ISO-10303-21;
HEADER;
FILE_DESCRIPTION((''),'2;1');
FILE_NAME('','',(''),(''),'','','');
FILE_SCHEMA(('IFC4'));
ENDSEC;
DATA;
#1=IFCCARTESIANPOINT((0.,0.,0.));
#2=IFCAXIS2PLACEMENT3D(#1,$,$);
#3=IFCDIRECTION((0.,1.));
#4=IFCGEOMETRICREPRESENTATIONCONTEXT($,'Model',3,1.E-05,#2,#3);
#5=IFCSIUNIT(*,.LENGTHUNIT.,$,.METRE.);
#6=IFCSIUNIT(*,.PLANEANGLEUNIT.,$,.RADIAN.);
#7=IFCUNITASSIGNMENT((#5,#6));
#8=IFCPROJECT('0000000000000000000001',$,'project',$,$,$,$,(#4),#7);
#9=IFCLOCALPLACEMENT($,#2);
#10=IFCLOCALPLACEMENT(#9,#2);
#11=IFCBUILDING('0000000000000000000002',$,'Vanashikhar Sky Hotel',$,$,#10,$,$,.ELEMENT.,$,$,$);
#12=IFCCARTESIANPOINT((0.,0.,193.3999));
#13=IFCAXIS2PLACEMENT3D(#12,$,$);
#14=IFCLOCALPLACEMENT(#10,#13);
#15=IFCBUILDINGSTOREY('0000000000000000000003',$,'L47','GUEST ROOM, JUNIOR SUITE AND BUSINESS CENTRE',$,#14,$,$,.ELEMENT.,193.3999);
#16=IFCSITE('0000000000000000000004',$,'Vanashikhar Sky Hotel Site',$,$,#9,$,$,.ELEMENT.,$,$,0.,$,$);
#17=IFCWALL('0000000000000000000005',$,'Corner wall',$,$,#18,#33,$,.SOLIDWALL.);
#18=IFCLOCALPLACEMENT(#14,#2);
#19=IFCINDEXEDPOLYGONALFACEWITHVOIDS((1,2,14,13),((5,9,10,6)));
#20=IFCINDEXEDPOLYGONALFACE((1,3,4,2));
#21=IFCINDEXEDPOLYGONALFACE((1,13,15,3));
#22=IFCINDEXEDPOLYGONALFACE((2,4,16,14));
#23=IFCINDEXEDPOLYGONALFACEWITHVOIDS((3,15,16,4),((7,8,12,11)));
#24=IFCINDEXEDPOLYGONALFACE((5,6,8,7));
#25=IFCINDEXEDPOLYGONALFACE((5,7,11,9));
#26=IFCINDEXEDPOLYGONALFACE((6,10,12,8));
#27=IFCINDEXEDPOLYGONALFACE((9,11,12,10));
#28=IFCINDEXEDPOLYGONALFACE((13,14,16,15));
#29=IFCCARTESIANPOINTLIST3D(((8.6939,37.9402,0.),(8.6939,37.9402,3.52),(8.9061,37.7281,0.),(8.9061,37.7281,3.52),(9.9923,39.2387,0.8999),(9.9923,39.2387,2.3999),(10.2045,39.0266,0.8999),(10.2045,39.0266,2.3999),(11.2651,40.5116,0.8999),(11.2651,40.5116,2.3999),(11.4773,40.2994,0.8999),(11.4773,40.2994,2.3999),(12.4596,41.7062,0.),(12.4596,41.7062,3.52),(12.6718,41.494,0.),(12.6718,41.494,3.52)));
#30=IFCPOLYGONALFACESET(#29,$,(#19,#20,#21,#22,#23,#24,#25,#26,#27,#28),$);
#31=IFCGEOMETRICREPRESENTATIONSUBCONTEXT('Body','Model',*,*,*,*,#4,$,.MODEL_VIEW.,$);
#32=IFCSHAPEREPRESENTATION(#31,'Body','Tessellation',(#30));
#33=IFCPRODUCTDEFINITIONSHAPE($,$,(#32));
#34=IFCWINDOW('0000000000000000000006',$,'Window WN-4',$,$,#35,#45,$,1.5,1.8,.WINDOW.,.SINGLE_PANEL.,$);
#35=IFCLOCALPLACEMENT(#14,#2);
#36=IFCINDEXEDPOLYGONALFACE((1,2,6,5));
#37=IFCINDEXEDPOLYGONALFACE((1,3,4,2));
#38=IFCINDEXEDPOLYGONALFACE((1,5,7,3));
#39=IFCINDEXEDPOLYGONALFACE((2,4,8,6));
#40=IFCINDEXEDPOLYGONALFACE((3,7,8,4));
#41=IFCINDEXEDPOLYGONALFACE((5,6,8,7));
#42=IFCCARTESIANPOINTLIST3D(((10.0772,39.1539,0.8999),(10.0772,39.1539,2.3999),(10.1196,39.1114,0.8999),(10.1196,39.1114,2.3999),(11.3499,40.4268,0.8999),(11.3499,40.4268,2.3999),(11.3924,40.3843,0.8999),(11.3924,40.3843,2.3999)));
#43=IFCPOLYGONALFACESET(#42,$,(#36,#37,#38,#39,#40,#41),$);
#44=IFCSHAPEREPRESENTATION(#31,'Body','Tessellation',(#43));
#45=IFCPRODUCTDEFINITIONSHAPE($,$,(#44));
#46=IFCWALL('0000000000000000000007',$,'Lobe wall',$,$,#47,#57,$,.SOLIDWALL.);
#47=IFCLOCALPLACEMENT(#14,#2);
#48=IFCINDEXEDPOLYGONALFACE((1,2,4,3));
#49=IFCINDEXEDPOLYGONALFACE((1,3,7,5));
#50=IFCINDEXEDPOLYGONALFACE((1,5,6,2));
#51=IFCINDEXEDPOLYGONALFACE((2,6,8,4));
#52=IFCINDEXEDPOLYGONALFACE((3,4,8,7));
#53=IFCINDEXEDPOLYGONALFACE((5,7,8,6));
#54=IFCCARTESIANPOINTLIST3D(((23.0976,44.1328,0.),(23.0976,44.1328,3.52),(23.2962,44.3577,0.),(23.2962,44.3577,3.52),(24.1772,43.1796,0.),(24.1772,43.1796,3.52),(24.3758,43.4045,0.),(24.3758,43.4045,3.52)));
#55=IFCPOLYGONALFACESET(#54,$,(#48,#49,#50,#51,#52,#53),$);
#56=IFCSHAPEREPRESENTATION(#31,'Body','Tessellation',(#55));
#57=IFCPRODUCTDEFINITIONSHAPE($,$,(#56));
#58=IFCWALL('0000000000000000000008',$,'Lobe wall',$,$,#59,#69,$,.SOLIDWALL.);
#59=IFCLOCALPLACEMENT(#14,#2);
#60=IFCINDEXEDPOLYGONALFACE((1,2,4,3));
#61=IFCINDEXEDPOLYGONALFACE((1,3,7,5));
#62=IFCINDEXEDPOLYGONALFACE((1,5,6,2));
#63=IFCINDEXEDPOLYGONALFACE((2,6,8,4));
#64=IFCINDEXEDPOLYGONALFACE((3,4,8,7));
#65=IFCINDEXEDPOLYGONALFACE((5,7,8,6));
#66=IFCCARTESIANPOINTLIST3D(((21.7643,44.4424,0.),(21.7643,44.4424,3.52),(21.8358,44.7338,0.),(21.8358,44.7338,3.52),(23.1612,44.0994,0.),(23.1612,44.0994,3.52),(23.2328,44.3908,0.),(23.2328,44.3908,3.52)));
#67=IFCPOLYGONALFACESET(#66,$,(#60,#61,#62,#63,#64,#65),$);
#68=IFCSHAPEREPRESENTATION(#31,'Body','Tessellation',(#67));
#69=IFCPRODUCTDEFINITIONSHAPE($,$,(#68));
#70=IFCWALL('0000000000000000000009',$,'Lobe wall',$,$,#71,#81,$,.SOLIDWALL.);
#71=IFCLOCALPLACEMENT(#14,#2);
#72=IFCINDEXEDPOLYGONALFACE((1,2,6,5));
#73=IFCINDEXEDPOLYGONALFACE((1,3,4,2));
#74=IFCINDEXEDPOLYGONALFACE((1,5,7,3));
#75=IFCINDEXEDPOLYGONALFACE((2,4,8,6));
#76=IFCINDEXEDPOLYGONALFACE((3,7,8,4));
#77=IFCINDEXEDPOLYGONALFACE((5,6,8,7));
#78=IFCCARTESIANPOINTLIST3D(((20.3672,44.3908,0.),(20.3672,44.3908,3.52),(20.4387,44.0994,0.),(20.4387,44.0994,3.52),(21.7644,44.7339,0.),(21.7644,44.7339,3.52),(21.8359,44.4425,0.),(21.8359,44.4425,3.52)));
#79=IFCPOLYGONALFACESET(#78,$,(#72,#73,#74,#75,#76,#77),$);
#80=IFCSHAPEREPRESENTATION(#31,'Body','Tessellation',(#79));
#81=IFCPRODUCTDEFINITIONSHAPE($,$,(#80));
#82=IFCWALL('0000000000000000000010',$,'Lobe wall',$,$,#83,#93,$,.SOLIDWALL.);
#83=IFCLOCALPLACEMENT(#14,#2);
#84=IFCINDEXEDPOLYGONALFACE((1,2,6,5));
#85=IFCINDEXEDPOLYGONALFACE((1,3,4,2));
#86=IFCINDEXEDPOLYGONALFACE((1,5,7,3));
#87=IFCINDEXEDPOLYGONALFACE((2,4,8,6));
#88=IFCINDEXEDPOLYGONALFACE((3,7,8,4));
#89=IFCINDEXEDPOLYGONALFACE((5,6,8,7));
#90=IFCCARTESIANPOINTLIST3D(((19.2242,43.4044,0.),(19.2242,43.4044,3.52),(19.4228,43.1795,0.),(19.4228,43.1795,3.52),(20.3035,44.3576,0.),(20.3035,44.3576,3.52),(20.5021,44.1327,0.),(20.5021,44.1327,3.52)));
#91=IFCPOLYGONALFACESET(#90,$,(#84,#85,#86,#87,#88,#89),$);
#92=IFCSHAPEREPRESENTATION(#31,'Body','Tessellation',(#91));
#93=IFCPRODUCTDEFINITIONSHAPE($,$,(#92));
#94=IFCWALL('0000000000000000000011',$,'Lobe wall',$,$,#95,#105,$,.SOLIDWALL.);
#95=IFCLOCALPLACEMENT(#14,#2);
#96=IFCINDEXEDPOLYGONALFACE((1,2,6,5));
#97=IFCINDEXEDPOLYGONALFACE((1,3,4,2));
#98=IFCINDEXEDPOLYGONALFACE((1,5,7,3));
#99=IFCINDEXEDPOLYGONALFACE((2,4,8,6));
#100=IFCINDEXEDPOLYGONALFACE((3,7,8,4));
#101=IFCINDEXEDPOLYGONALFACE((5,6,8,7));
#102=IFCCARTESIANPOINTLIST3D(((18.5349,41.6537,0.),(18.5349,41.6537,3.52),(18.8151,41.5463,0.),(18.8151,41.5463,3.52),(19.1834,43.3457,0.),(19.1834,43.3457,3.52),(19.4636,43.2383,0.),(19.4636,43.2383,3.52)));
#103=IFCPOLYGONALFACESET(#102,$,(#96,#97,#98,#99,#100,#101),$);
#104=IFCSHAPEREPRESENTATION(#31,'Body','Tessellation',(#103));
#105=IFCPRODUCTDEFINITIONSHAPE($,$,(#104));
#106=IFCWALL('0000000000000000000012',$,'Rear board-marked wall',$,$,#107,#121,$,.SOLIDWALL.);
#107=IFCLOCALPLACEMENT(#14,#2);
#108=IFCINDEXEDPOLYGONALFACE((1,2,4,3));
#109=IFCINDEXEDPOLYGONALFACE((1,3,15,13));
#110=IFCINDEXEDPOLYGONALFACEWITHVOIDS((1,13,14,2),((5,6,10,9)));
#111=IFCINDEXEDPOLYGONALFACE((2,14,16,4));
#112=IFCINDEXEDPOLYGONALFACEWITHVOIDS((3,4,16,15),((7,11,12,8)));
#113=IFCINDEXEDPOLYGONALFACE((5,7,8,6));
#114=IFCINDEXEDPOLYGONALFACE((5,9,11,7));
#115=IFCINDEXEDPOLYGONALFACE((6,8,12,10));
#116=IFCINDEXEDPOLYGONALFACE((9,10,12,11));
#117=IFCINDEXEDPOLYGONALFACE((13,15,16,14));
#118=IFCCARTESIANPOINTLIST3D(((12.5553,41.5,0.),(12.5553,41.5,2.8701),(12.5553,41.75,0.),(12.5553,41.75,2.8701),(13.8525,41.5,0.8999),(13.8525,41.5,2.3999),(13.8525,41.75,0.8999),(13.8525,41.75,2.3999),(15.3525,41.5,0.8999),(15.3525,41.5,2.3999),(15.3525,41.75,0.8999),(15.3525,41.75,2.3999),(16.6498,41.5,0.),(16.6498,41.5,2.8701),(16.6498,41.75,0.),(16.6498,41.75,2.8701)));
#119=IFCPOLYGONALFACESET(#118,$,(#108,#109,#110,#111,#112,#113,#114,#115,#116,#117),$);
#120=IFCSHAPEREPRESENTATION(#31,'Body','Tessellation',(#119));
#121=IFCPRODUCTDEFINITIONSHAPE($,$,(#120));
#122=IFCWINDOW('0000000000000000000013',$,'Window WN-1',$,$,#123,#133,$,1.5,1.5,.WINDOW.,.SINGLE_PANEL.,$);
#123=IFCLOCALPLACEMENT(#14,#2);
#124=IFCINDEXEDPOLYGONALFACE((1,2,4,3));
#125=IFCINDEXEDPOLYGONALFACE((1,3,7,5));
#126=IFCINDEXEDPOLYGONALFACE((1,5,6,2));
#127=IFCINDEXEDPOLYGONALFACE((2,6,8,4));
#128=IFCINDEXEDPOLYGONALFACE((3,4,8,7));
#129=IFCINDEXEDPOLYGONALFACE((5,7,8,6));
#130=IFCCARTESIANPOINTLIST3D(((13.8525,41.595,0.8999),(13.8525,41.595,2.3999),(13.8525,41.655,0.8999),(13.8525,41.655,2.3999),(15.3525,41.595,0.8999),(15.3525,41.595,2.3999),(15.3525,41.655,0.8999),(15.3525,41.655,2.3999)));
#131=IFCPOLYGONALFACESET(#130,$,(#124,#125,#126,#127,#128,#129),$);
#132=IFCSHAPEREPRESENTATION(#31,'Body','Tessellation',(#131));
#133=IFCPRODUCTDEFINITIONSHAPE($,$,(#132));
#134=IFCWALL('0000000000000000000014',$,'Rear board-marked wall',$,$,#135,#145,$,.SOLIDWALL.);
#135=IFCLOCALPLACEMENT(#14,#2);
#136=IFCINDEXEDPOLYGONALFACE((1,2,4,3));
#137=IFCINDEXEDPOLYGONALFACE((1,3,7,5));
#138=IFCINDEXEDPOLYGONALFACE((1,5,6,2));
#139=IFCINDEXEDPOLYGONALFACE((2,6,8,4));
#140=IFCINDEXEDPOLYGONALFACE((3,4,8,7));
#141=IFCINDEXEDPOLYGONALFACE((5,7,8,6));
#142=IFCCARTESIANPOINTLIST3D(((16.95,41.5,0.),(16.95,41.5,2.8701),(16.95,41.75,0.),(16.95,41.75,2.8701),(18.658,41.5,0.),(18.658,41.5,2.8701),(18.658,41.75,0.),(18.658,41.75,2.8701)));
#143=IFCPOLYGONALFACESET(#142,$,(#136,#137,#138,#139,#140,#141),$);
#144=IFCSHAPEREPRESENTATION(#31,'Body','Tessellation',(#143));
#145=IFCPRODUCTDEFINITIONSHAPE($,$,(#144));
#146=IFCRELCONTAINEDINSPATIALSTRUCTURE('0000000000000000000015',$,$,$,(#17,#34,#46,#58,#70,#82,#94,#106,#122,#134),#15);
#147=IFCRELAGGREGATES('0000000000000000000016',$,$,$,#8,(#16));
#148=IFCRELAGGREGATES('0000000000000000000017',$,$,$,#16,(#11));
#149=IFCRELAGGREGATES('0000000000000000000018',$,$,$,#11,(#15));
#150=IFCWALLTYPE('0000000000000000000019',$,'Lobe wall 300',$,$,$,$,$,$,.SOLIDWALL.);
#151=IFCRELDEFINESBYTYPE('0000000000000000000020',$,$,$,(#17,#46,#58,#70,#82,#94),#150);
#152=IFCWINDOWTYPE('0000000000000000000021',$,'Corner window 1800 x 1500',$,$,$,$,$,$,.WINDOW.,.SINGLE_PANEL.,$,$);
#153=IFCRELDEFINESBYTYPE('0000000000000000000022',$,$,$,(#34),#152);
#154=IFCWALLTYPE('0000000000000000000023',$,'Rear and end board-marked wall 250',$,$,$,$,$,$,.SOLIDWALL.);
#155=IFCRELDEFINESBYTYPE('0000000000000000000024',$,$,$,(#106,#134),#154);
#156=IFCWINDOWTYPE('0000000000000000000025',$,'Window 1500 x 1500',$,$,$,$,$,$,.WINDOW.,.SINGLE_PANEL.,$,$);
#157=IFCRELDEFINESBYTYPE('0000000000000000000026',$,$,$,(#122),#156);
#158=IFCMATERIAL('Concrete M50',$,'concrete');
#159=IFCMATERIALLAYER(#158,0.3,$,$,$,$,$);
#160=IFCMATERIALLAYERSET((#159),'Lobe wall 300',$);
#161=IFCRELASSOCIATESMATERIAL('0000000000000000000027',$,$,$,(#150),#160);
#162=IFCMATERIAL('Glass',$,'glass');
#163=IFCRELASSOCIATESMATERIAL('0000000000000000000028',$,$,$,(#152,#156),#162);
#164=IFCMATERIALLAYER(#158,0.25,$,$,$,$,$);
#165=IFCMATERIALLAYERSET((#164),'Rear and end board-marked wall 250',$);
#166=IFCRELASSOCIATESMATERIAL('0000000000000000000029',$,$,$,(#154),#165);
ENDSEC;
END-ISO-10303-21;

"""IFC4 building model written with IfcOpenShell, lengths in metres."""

from ifc_helpers import new_model, si_unit, direction, frame, frame_2d, origin, place, context, subcontext, project, spatial, rectangle, extrude, source, transform, mapped, material, layer, layer_set, type_object, element, fill, save


model = new_model("IFC4")

# Units and contexts
model_context = context("Model", 3, precision=1e-05, world=origin(), true_north=direction((0.0, 1.0)))
body_context = subcontext(model_context, "Body", "Model", "MODEL_VIEW")
ifc_project = project(units=[si_unit("LENGTHUNIT", "METRE"), si_unit("PLANEANGLEUNIT", "RADIAN")], contexts=[model_context])

# Site, building, storey
site_placement = place(None, origin())
site = spatial("IfcSite", under=ifc_project, at=site_placement, Name="Vanashikhar Sky Hotel Site", CompositionType="ELEMENT", RefElevation=0.0)
building_placement = place(site_placement, origin())
building = spatial("IfcBuilding", under=site, at=building_placement, Name="Vanashikhar Sky Hotel", CompositionType="ELEMENT")
storey_placement = place(building_placement, frame((0.0, 0.0, 193.3999)))
storey = spatial("IfcBuildingStorey", under=building, at=storey_placement, Name="L47", Description="GUEST ROOM, JUNIOR SUITE AND BUSINESS CENTRE", CompositionType="ELEMENT", Elevation=193.3999)

# Wall, opening, window
ifc_material_1 = material(Name="Concrete M50", Category="concrete")
ifc_layer_1 = layer(ifc_material_1, 0.3)
ifc_layer_set_1 = layer_set([ifc_layer_1], Name="Lobe wall 300")
wall_type_1 = type_object("IfcWallType", Name="Lobe wall 300", PredefinedType="SOLIDWALL", material=ifc_layer_set_1)
shared_shape_1 = source(origin(), body_context, "Body", "SweptSolid", [
    extrude(rectangle(XDim=5.3257, YDim=0.3, at=frame_2d((2.6628, 0.0))), origin(), (0.0, 0.0, 1.0), 3.52),
])
wall_1_placement = place(storey_placement, frame((12.5657, 41.6001, 0.0), z_axis=(0.0, 0.0, 1.0), x_axis=(-0.707084, -0.70713, 0.0)))
wall_1 = element("IfcWall", 1, at=wall_1_placement, inside=storey, type_object=wall_type_1, Name="Corner wall", PredefinedType="SOLIDWALL", context=body_context, shape_type="MappedRepresentation", body=[
    mapped(shared_shape_1, transform((0.0, 0.0, 0.0), scale=1.0)),
])
shared_shape_2 = source(origin(), body_context, "Body", "SweptSolid", [
    extrude(rectangle(XDim=1.8, YDim=1.5, at=frame_2d((0.8999, 0.75))), frame((0.0, 0.1602, 0.0), z_axis=(0.0, -1.0, 0.0), x_axis=(1.0, 0.0, 0.0)), (0.0, 0.0, 1.0), 0.3201),
])
opening_1_placement = place(wall_1_placement, frame((1.6895, 0.0, 0.8999)))
opening_1 = element("IfcOpeningElement", 2, at=opening_1_placement, cuts=wall_1, PredefinedType="OPENING", context=body_context, shape_type="MappedRepresentation", body=[
    mapped(shared_shape_2, transform((0.0, 0.0, 0.0), scale=1.0)),
])
ifc_material_2 = material(Name="Glass", Category="glass")
window_type_1 = type_object("IfcWindowType", Name="Corner window 1800 x 1500", PartitioningType="SINGLE_PANEL", PredefinedType="WINDOW", material=ifc_material_2)
shared_shape_3 = source(origin(), body_context, "Body", "SweptSolid", [
    extrude(rectangle(XDim=1.8, YDim=1.5, at=frame_2d((0.8999, 0.75))), frame((0.0, 0.03, 0.0), z_axis=(0.0, -1.0, 0.0), x_axis=(1.0, 0.0, 0.0)), (0.0, 0.0, 1.0), 0.0601),
])
window_1_placement = place(opening_1_placement, origin())
window_1 = element("IfcWindow", 3, at=window_1_placement, inside=storey, type_object=window_type_1, Name="Window WN-4", OverallHeight=1.5, OverallWidth=1.8, PartitioningType="SINGLE_PANEL", PredefinedType="WINDOW", context=body_context, shape_type="MappedRepresentation", body=[
    mapped(shared_shape_3, transform((0.0, 0.0, 0.0), scale=1.0)),
])
fill(opening_1, window_1)

# Walls
shared_shape_4 = source(origin(), body_context, "Body", "SweptSolid", [
    extrude(rectangle(XDim=1.4402, YDim=0.3, at=frame_2d((0.7202, 0.0))), origin(), (0.0, 0.0, 1.0), 3.52),
])
wall_2_placement = place(storey_placement, frame((24.2766, 43.292, 0.0), z_axis=(0.0, 0.0, 1.0), x_axis=(-0.74965, 0.661835, 0.0)))
element("IfcWall", 4, at=wall_2_placement, inside=storey, type_object=wall_type_1, Name="Lobe wall", PredefinedType="SOLIDWALL", context=body_context, shape_type="MappedRepresentation", body=[
    mapped(shared_shape_4, transform((0.0, 0.0, 0.0), scale=1.0)),
])
shared_shape_5 = source(origin(), body_context, "Body", "SweptSolid", [
    extrude(rectangle(XDim=1.4385, YDim=0.3, at=frame_2d((0.7192, 0.0))), origin(), (0.0, 0.0, 1.0), 3.52),
])
wall_3_placement = place(storey_placement, frame((23.197, 44.2451, 0.0), z_axis=(0.0, 0.0, 1.0), x_axis=(-0.971152, 0.23846, 0.0)))
element("IfcWall", 5, at=wall_3_placement, inside=storey, type_object=wall_type_1, Name="Lobe wall", PredefinedType="SOLIDWALL", context=body_context, shape_type="MappedRepresentation", body=[
    mapped(shared_shape_5, transform((0.0, 0.0, 0.0), scale=1.0)),
])
shared_shape_6 = source(origin(), body_context, "Body", "SweptSolid", [
    extrude(rectangle(XDim=1.4387, YDim=0.3, at=frame_2d((0.7192, 0.0))), origin(), (0.0, 0.0, 1.0), 3.52),
])
wall_4_placement = place(storey_placement, frame((21.8, 44.5881, 0.0), z_axis=(0.0, 0.0, 1.0), x_axis=(-0.971162, -0.238421, 0.0)))
element("IfcWall", 6, at=wall_4_placement, inside=storey, type_object=wall_type_1, Name="Lobe wall", PredefinedType="SOLIDWALL", context=body_context, shape_type="MappedRepresentation", body=[
    mapped(shared_shape_6, transform((0.0, 0.0, 0.0), scale=1.0)),
])
shared_shape_7 = source(origin(), body_context, "Body", "SweptSolid", [
    extrude(rectangle(XDim=1.4399, YDim=0.3, at=frame_2d((0.72, 0.0))), origin(), (0.0, 0.0, 1.0), 3.52),
])
wall_5_placement = place(storey_placement, frame((20.4028, 44.2451, 0.0), z_axis=(0.0, 0.0, 1.0), x_axis=(-0.749576, -0.661919, 0.0)))
element("IfcWall", 7, at=wall_5_placement, inside=storey, type_object=wall_type_1, Name="Lobe wall", PredefinedType="SOLIDWALL", context=body_context, shape_type="MappedRepresentation", body=[
    mapped(shared_shape_7, transform((0.0, 0.0, 0.0), scale=1.0)),
])
shared_shape_8 = source(origin(), body_context, "Body", "SweptSolid", [
    extrude(rectangle(XDim=1.812, YDim=0.3, at=frame_2d((0.906, 0.0))), origin(), (0.0, 0.0, 1.0), 3.52),
])
wall_6_placement = place(storey_placement, frame((19.3235, 43.292, 0.0), z_axis=(0.0, 0.0, 1.0), x_axis=(-0.357877, -0.933769, 0.0)))
element("IfcWall", 8, at=wall_6_placement, inside=storey, type_object=wall_type_1, Name="Lobe wall", PredefinedType="SOLIDWALL", context=body_context, shape_type="MappedRepresentation", body=[
    mapped(shared_shape_8, transform((0.0, 0.0, 0.0), scale=1.0)),
])

# Wall, opening, window
ifc_layer_2 = layer(ifc_material_1, 0.25)
ifc_layer_set_2 = layer_set([ifc_layer_2], Name="Rear and end board-marked wall 250")
wall_type_2 = type_object("IfcWallType", Name="Rear and end board-marked wall 250", PredefinedType="SOLIDWALL", material=ifc_layer_set_2)
shared_shape_9 = source(origin(), body_context, "Body", "SweptSolid", [
    extrude(rectangle(XDim=4.0945, YDim=0.25, at=frame_2d((2.0474, 0.0))), origin(), (0.0, 0.0, 1.0), 2.8701),
])
wall_7_placement = place(storey_placement, frame((16.6499, 41.625, 0.0), z_axis=(0.0, 0.0, 1.0), x_axis=(-1.0, 0.0, 0.0)))
wall_7 = element("IfcWall", 9, at=wall_7_placement, inside=storey, type_object=wall_type_2, Name="Rear board-marked wall", PredefinedType="SOLIDWALL", context=body_context, shape_type="MappedRepresentation", body=[
    mapped(shared_shape_9, transform((0.0, 0.0, 0.0), scale=1.0)),
])
shared_shape_10 = source(origin(), body_context, "Body", "SweptSolid", [
    extrude(rectangle(XDim=1.5, YDim=1.5, at=frame_2d((0.75, 0.75))), frame((0.0, 0.135, 0.0), z_axis=(0.0, -1.0, 0.0), x_axis=(1.0, 0.0, 0.0)), (0.0, 0.0, 1.0), 0.27),
])
opening_2_placement = place(wall_7_placement, frame((1.2974, 0.0, 0.8999)))
opening_2 = element("IfcOpeningElement", 10, at=opening_2_placement, cuts=wall_7, PredefinedType="OPENING", context=body_context, shape_type="MappedRepresentation", body=[
    mapped(shared_shape_10, transform((0.0, 0.0, 0.0), scale=1.0)),
])
window_type_2 = type_object("IfcWindowType", Name="Window 1500 x 1500", PartitioningType="SINGLE_PANEL", PredefinedType="WINDOW", material=ifc_material_2)
shared_shape_11 = source(origin(), body_context, "Body", "SweptSolid", [
    extrude(rectangle(XDim=1.5, YDim=1.5, at=frame_2d((0.75, 0.75))), frame((0.0, 0.03, 0.0), z_axis=(0.0, -1.0, 0.0), x_axis=(1.0, 0.0, 0.0)), (0.0, 0.0, 1.0), 0.0601),
])
window_2_placement = place(opening_2_placement, origin())
window_2 = element("IfcWindow", 11, at=window_2_placement, inside=storey, type_object=window_type_2, Name="Window WN-1", OverallHeight=1.5, OverallWidth=1.5, PartitioningType="SINGLE_PANEL", PredefinedType="WINDOW", context=body_context, shape_type="MappedRepresentation", body=[
    mapped(shared_shape_11, transform((0.0, 0.0, 0.0), scale=1.0)),
])
fill(opening_2, window_2)

# Wall
shared_shape_12 = source(origin(), body_context, "Body", "SweptSolid", [
    extrude(rectangle(XDim=1.708, YDim=0.25, at=frame_2d((0.854, 0.0))), origin(), (0.0, 0.0, 1.0), 2.8701),
])
wall_8_placement = place(storey_placement, frame((18.658, 41.625, 0.0), z_axis=(0.0, 0.0, 1.0), x_axis=(-1.0, 0.0, 0.0)))
element("IfcWall", 12, at=wall_8_placement, inside=storey, type_object=wall_type_2, Name="Rear board-marked wall", PredefinedType="SOLIDWALL", context=body_context, shape_type="MappedRepresentation", body=[
    mapped(shared_shape_12, transform((0.0, 0.0, 0.0), scale=1.0)),
])

save(model, "model.ifc")
